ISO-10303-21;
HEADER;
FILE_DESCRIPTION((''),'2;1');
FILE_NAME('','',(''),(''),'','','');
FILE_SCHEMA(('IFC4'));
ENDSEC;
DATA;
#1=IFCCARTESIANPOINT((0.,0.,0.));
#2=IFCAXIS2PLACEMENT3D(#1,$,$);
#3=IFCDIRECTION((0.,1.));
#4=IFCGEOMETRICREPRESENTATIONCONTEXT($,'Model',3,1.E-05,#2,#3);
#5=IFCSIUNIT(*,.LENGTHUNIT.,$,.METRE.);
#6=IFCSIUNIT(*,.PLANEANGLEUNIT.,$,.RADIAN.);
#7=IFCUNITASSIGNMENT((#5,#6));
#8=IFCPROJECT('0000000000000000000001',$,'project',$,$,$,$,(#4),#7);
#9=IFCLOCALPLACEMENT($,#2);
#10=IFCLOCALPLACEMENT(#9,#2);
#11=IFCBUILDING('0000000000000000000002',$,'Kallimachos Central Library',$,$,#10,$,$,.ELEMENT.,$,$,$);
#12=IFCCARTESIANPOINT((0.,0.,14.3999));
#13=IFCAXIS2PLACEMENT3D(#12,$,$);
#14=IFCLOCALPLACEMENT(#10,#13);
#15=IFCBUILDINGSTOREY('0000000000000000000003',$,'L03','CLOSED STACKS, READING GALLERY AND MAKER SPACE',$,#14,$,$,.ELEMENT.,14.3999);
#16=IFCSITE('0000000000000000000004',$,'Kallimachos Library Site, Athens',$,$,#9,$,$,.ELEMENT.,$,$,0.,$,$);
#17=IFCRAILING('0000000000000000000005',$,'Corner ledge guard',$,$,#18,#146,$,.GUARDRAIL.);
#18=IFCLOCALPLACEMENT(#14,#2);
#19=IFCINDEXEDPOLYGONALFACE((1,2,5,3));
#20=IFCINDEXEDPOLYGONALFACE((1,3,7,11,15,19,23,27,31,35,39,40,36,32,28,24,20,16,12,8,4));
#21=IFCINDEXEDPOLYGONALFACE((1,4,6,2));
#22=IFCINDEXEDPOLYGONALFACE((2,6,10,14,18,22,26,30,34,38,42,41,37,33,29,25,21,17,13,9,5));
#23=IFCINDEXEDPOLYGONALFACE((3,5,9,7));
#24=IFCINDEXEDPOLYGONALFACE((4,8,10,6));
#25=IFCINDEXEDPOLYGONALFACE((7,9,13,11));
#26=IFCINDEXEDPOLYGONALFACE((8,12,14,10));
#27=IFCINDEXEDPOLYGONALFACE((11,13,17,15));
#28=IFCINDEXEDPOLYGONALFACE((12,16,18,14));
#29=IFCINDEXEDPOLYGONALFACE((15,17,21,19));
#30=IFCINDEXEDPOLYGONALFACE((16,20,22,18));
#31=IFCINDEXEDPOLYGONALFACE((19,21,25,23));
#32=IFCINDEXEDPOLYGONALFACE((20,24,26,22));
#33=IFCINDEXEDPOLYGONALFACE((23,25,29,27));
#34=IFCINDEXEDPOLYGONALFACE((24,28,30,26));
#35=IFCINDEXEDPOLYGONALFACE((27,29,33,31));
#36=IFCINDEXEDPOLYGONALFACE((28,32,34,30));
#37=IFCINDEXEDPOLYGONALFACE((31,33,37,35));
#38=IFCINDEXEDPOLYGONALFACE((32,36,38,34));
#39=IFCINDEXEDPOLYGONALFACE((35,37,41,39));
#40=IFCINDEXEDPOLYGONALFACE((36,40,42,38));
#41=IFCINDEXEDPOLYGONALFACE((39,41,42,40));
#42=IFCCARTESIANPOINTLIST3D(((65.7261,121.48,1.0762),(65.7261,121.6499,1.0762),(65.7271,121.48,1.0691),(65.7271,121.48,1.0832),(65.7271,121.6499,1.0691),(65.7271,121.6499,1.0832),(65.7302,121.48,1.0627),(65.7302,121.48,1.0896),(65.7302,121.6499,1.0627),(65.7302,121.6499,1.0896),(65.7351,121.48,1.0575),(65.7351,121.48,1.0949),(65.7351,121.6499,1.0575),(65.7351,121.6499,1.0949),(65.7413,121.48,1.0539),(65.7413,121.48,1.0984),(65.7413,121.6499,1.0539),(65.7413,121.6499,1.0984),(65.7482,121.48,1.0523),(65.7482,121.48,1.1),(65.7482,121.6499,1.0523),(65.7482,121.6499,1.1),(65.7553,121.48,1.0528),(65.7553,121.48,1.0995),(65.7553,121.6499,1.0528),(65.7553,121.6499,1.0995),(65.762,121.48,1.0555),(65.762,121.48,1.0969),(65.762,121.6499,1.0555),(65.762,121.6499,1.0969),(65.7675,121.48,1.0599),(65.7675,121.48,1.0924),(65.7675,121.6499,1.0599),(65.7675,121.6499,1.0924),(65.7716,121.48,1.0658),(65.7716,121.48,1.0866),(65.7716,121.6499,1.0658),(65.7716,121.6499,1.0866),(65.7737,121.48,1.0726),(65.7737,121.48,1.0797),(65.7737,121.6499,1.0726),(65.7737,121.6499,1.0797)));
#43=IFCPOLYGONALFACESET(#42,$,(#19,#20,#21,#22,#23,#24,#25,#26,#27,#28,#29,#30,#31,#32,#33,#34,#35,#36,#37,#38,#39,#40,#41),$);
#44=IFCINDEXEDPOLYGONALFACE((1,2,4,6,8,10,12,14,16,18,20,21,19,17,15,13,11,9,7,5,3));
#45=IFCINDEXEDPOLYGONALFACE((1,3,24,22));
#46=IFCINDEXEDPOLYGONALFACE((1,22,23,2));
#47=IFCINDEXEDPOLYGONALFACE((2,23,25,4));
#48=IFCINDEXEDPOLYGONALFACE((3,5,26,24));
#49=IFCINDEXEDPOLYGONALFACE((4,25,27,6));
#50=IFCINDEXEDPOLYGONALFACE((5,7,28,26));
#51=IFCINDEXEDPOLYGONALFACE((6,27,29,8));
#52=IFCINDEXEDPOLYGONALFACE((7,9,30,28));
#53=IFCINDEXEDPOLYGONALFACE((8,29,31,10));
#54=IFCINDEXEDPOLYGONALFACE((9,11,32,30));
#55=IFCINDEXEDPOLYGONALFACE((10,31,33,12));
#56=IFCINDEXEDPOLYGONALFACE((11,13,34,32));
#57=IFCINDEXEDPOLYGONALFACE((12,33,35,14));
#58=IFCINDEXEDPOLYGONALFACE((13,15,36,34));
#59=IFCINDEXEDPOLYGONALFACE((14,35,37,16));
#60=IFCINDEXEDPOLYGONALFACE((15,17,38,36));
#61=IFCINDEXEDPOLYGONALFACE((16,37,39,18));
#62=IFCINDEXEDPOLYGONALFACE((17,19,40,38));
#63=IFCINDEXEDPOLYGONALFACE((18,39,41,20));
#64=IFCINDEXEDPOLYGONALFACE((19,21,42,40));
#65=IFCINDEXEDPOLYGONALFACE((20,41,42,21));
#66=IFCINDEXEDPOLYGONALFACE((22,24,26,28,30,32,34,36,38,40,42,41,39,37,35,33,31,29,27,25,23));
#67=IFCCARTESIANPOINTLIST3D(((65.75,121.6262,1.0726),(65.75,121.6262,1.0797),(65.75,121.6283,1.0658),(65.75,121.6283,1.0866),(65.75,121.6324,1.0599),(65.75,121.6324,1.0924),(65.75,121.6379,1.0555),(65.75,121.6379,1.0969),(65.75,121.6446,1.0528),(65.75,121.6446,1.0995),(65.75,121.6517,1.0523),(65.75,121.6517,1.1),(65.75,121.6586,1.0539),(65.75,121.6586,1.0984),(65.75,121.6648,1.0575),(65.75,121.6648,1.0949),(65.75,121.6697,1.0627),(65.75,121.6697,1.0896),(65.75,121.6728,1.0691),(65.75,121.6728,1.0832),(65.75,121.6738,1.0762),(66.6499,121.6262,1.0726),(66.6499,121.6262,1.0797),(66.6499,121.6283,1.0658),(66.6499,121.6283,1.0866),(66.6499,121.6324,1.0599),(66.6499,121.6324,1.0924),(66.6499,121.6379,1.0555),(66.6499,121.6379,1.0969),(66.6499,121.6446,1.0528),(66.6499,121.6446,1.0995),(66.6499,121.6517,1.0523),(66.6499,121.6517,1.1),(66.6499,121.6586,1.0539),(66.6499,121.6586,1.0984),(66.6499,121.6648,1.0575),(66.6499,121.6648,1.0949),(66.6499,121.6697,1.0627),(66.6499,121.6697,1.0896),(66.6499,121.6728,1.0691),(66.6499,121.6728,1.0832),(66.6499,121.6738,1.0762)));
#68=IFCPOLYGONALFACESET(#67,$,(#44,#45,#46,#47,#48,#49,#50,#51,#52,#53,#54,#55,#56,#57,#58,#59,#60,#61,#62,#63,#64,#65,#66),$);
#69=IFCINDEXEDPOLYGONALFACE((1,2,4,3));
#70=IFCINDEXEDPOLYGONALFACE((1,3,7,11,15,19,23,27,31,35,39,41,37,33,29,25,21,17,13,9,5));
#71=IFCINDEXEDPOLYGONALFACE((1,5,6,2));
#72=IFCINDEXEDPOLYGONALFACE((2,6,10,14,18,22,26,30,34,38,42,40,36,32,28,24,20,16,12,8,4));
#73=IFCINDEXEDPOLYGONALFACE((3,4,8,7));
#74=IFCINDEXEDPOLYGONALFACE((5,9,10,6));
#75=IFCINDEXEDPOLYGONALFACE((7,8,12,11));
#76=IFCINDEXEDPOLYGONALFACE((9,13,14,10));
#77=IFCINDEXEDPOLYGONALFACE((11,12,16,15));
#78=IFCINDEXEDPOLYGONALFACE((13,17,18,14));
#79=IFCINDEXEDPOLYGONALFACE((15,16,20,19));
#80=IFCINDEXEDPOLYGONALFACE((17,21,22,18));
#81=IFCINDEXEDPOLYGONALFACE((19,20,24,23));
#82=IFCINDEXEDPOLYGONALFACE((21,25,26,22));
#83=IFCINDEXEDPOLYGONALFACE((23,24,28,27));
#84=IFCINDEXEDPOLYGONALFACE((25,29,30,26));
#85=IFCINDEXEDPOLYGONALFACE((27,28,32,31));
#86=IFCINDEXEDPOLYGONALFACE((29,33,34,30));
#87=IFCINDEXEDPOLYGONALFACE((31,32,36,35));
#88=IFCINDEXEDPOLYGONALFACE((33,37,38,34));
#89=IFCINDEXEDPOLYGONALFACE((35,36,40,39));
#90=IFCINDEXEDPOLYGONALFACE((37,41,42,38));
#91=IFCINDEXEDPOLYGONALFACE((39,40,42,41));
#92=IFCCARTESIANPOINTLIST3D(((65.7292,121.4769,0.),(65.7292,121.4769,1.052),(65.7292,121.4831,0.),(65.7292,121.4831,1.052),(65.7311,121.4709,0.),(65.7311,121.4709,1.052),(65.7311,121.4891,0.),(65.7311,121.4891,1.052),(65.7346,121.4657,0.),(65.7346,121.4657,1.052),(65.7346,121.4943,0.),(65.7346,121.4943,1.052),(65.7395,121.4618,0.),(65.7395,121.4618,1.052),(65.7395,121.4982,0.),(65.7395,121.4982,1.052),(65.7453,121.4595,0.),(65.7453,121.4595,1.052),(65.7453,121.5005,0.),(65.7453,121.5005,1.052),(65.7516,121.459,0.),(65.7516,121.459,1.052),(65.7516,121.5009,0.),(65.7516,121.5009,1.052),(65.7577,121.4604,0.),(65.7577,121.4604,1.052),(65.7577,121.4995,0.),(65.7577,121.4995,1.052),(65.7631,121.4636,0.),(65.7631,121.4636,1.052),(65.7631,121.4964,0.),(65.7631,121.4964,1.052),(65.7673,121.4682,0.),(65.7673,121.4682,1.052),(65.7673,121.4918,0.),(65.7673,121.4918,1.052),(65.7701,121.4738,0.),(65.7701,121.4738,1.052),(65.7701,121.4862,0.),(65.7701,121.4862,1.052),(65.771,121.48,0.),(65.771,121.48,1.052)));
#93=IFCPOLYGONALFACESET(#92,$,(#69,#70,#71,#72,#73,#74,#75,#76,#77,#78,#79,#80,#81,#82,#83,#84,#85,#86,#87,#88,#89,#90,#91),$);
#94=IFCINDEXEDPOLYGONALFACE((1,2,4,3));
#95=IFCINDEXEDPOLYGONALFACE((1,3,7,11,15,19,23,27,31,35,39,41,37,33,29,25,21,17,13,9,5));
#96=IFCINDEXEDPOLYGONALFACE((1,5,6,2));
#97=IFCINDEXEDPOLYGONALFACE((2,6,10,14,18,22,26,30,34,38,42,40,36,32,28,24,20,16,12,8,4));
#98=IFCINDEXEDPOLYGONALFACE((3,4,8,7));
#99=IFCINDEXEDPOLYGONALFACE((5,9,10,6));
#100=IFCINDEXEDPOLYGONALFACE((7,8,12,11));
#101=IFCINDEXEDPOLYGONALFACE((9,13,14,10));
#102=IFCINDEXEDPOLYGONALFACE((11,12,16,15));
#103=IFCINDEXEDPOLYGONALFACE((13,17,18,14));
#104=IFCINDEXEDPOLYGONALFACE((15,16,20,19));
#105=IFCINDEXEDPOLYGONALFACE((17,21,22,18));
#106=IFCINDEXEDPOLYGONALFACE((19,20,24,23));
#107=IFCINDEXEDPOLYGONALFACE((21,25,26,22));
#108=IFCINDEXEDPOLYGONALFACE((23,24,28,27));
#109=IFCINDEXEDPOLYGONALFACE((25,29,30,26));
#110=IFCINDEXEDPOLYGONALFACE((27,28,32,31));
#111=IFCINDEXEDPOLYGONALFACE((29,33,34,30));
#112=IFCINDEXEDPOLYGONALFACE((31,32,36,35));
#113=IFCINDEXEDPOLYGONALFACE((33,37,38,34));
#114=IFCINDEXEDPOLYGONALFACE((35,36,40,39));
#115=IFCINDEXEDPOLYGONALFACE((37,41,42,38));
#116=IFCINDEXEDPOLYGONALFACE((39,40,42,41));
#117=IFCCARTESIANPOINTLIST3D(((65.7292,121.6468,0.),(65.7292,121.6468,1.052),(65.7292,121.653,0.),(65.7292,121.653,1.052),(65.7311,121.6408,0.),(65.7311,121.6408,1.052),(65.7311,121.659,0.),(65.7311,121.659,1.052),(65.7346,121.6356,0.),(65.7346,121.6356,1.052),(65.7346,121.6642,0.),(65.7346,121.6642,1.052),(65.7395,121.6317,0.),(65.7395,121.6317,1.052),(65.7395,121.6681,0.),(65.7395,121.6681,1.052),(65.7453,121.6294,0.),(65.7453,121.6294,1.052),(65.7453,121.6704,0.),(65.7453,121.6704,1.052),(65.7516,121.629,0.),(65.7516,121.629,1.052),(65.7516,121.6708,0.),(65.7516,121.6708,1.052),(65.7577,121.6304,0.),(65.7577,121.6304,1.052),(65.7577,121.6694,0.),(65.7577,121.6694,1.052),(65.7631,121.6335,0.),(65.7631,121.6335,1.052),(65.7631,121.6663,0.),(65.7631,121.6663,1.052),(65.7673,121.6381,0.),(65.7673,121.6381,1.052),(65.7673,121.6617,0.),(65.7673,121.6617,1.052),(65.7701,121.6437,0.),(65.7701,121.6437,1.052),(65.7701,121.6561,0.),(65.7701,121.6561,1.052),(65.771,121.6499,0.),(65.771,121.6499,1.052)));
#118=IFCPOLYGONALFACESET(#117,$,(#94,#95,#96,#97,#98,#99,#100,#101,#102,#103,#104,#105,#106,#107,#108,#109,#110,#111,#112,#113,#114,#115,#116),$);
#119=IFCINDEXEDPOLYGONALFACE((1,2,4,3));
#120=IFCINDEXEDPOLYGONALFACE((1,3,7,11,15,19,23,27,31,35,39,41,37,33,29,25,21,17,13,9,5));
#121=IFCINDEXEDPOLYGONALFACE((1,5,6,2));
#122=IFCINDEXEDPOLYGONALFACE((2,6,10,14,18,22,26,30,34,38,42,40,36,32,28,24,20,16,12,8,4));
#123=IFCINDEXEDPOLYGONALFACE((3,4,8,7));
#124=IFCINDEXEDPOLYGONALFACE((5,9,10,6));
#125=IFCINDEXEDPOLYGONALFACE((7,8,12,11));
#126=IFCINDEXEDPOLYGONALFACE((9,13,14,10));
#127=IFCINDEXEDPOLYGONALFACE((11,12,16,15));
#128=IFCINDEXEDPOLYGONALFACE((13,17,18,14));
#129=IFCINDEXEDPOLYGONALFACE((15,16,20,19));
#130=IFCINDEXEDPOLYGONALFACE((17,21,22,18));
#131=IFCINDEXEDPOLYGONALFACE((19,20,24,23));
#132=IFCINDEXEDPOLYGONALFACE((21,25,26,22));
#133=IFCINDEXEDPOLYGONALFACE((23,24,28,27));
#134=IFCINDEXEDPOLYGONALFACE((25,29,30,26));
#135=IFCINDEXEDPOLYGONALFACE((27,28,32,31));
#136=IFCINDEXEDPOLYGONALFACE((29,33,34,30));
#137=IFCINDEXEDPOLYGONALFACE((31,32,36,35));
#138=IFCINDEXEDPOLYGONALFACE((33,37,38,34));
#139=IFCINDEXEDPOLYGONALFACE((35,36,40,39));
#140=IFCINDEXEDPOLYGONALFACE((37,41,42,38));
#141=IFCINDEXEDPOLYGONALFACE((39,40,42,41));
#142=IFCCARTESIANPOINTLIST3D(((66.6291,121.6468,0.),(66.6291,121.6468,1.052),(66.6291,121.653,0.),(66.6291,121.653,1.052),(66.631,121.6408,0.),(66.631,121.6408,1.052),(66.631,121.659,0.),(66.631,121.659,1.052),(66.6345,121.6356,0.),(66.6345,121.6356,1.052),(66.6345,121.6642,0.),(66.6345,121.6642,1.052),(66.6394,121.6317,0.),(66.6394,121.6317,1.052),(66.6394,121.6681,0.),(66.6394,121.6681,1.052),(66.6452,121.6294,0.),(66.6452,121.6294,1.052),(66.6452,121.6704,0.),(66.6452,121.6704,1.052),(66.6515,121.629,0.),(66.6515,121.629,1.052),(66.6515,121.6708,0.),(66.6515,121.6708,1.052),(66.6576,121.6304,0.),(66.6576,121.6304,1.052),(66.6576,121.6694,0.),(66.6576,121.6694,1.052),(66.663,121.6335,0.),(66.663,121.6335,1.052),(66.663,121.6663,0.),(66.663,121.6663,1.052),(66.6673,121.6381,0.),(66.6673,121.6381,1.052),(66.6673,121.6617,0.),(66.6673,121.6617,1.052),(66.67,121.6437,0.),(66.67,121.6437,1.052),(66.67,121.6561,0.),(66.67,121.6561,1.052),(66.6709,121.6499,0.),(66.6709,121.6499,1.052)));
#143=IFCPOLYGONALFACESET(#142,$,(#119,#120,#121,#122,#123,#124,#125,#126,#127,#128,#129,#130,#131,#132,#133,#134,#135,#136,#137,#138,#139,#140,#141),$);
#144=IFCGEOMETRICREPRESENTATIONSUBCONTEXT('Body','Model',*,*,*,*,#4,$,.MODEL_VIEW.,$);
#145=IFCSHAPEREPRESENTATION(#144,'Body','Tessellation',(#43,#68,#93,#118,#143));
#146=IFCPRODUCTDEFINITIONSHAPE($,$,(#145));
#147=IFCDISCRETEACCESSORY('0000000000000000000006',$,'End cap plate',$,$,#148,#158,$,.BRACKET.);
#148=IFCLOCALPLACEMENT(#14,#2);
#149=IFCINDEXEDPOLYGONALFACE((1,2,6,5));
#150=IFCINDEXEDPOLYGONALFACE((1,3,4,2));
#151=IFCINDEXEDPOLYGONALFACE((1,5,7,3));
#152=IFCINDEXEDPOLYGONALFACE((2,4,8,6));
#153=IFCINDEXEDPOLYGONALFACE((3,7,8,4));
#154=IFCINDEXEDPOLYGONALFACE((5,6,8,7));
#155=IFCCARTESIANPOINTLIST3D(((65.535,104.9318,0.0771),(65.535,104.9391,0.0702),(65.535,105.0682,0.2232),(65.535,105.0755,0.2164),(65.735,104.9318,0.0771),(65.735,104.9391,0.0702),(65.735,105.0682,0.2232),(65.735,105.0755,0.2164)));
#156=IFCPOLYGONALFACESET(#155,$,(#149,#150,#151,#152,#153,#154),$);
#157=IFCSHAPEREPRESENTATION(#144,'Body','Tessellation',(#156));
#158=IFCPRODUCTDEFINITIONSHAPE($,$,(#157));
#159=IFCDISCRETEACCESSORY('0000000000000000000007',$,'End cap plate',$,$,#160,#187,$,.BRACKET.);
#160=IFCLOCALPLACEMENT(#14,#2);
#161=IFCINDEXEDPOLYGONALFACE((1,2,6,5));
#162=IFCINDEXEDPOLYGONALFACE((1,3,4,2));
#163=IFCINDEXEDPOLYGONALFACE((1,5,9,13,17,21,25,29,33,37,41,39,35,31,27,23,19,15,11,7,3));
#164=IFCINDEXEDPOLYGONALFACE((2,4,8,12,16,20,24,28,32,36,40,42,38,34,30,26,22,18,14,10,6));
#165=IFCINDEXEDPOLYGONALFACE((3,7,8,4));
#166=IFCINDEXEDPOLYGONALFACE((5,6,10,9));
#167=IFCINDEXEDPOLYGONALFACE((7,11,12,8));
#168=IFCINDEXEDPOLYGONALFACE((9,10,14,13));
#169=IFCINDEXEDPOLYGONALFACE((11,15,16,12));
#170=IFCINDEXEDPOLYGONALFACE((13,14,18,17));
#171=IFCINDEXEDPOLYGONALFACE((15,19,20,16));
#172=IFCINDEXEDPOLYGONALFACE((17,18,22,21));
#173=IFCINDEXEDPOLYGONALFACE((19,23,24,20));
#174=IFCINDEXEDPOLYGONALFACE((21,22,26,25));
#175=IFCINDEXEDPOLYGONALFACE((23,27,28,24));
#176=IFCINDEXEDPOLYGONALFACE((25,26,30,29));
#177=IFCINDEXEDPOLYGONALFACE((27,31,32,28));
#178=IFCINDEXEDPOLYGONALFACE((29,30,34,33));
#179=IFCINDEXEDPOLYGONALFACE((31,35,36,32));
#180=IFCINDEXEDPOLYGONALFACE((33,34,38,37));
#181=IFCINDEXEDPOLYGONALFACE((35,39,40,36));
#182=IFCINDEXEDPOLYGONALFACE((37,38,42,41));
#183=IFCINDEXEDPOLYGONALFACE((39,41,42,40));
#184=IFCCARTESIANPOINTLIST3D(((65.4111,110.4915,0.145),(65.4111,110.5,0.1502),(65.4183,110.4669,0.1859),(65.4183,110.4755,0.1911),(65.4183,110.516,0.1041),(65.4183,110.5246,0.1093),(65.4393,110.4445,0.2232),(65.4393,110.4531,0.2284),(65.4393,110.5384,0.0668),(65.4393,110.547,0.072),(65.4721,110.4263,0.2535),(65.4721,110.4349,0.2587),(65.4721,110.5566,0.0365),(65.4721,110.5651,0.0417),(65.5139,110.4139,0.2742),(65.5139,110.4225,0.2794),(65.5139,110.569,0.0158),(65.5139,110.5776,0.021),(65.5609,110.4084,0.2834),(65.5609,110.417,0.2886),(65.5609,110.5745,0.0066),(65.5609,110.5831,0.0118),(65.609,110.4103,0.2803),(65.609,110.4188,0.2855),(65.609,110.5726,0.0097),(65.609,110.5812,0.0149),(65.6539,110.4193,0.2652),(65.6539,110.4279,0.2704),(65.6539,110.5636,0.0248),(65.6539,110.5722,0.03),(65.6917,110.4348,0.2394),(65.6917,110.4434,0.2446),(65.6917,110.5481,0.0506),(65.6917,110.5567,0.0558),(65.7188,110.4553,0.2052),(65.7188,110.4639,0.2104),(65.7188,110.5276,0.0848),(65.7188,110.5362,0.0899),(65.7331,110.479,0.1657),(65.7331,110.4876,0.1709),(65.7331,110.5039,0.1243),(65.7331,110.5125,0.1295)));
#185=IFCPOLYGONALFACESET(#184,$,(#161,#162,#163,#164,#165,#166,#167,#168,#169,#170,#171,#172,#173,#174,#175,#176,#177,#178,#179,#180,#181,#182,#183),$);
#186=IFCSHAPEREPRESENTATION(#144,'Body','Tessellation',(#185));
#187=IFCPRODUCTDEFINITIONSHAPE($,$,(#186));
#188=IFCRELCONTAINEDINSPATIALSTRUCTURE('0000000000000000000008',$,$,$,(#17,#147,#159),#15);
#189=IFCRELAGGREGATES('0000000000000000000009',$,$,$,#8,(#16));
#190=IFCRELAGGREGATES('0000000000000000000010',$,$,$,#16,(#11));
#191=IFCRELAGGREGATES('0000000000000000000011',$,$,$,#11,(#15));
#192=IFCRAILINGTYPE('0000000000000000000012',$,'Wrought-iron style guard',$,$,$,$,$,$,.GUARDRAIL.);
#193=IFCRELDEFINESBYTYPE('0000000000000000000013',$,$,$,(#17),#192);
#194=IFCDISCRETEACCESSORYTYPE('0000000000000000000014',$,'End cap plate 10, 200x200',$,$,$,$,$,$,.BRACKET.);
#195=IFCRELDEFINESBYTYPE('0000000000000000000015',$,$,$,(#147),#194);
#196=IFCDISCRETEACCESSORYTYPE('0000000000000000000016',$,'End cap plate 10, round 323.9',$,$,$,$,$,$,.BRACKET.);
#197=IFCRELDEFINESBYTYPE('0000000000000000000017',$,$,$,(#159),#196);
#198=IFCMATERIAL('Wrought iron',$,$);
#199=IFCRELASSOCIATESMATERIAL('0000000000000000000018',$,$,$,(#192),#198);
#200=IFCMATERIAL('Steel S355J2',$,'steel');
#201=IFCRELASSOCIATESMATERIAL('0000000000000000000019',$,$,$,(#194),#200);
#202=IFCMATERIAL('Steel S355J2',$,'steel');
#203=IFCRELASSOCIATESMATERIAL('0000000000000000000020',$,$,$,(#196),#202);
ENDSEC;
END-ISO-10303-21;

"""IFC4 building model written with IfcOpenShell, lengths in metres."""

from ifc_helpers import new_model, si_unit, direction, frame, origin, origin_2d, place, context, subcontext, project, spatial, rectangle, circle, extrude, material, material_profile, profile_set, type_object, element, save


model = new_model("IFC4")

# Units and contexts
model_context = context("Model", 3, precision=1e-05, world=origin(), true_north=direction((0.0, 1.0)))
body_context = subcontext(model_context, "Body", "Model", "MODEL_VIEW")
ifc_project = project(units=[si_unit("LENGTHUNIT", "METRE"), si_unit("PLANEANGLEUNIT", "RADIAN")], contexts=[model_context])

# Site, building, storey
site_placement = place(None, origin())
site = spatial("IfcSite", under=ifc_project, at=site_placement, Name="Kallimachos Library Site, Athens", CompositionType="ELEMENT", RefElevation=0.0)
building_placement = place(site_placement, origin())
building = spatial("IfcBuilding", under=site, at=building_placement, Name="Kallimachos Central Library", CompositionType="ELEMENT")
storey_placement = place(building_placement, frame((0.0, 0.0, 14.3999)))
storey = spatial("IfcBuildingStorey", under=building, at=storey_placement, Name="L03", Description="CLOSED STACKS, READING GALLERY AND MAKER SPACE", CompositionType="ELEMENT", Elevation=14.3999)

# Railing
ifc_material_1 = material(Name="Wrought iron")
railing_type = type_object("IfcRailingType", Name="Wrought-iron style guard", PredefinedType="GUARDRAIL", material=ifc_material_1)
railing_placement = place(storey_placement, frame((65.75, 121.48, 0.0)))
element("IfcRailing", 1, at=railing_placement, inside=storey, type_object=railing_type, Name="Corner ledge guard", PredefinedType="GUARDRAIL", context=body_context, shape_type="SweptSolid", body=[
    extrude(circle(Radius=0.0239, at=origin_2d()), frame((0.0, 0.0, 1.0762), z_axis=(0.0, 1.0, 0.0), x_axis=(-1.0, 0.0, 0.0)), (0.0, 0.0, 1.0), 0.1699),
    extrude(circle(Radius=0.0239, at=origin_2d()), frame((0.0, 0.1699, 1.0762), z_axis=(1.0, 0.0, 0.0), x_axis=(0.0, 1.0, 0.0)), (0.0, 0.0, 1.0), 0.8999),
    extrude(circle(Radius=0.021, at=origin_2d()), origin(), (0.0, 0.0, 1.0), 1.052),
    extrude(circle(Radius=0.021, at=origin_2d()), frame((0.0, 0.1699, 0.0)), (0.0, 0.0, 1.0), 1.052),
    extrude(circle(Radius=0.021, at=origin_2d()), frame((0.8999, 0.1699, 0.0)), (0.0, 0.0, 1.0), 1.052),
])

# Discrete accessories
ifc_material_2 = material(Name="Steel S355J2", Category="steel")
ifc_material_profile_1 = material_profile(ifc_material_2, rectangle(XDim=0.2, YDim=0.2, at=origin_2d()), Name="End cap plate 10, 200x200")
ifc_profile_set_1 = profile_set([ifc_material_profile_1], Name="Steel S355J2")
discrete_accessory_type_1 = type_object("IfcDiscreteAccessoryType", Name="End cap plate 10, 200x200", PredefinedType="BRACKET", material=ifc_profile_set_1)
discrete_accessory_1_placement = place(storey_placement, frame((65.635, 105.0073, 0.1433), z_axis=(0.0, -0.731055, 0.682318), x_axis=(1.0, 0.0, 0.0)))
element("IfcDiscreteAccessory", 2, at=discrete_accessory_1_placement, inside=storey, type_object=discrete_accessory_type_1, Name="End cap plate", PredefinedType="BRACKET", context=body_context, shape_type="SweptSolid", body=[
    extrude(rectangle(XDim=0.2, YDim=0.2, at=origin_2d()), origin(), (0.0, 0.0, 1.0), 0.01),
])
ifc_material_3 = material(Name="Steel S355J2", Category="steel")
ifc_material_profile_2 = material_profile(ifc_material_3, circle(Radius=0.1619, at=origin_2d()), Name="End cap plate 10, round 323.9")
ifc_profile_set_2 = profile_set([ifc_material_profile_2], Name="Steel S355J2")
discrete_accessory_type_2 = type_object("IfcDiscreteAccessoryType", Name="End cap plate 10, round 323.9", PredefinedType="BRACKET", material=ifc_profile_set_2)
discrete_accessory_2_placement = place(storey_placement, frame((65.573, 110.4915, 0.145), z_axis=(0.0, 0.857493, 0.514496), x_axis=(-1.0, 0.0, 0.0)))
element("IfcDiscreteAccessory", 3, at=discrete_accessory_2_placement, inside=storey, type_object=discrete_accessory_type_2, Name="End cap plate", PredefinedType="BRACKET", context=body_context, shape_type="SweptSolid", body=[
    extrude(circle(Radius=0.1619, at=origin_2d()), origin(), (0.0, 0.0, 1.0), 0.01),
])

save(model, "model.ifc")
